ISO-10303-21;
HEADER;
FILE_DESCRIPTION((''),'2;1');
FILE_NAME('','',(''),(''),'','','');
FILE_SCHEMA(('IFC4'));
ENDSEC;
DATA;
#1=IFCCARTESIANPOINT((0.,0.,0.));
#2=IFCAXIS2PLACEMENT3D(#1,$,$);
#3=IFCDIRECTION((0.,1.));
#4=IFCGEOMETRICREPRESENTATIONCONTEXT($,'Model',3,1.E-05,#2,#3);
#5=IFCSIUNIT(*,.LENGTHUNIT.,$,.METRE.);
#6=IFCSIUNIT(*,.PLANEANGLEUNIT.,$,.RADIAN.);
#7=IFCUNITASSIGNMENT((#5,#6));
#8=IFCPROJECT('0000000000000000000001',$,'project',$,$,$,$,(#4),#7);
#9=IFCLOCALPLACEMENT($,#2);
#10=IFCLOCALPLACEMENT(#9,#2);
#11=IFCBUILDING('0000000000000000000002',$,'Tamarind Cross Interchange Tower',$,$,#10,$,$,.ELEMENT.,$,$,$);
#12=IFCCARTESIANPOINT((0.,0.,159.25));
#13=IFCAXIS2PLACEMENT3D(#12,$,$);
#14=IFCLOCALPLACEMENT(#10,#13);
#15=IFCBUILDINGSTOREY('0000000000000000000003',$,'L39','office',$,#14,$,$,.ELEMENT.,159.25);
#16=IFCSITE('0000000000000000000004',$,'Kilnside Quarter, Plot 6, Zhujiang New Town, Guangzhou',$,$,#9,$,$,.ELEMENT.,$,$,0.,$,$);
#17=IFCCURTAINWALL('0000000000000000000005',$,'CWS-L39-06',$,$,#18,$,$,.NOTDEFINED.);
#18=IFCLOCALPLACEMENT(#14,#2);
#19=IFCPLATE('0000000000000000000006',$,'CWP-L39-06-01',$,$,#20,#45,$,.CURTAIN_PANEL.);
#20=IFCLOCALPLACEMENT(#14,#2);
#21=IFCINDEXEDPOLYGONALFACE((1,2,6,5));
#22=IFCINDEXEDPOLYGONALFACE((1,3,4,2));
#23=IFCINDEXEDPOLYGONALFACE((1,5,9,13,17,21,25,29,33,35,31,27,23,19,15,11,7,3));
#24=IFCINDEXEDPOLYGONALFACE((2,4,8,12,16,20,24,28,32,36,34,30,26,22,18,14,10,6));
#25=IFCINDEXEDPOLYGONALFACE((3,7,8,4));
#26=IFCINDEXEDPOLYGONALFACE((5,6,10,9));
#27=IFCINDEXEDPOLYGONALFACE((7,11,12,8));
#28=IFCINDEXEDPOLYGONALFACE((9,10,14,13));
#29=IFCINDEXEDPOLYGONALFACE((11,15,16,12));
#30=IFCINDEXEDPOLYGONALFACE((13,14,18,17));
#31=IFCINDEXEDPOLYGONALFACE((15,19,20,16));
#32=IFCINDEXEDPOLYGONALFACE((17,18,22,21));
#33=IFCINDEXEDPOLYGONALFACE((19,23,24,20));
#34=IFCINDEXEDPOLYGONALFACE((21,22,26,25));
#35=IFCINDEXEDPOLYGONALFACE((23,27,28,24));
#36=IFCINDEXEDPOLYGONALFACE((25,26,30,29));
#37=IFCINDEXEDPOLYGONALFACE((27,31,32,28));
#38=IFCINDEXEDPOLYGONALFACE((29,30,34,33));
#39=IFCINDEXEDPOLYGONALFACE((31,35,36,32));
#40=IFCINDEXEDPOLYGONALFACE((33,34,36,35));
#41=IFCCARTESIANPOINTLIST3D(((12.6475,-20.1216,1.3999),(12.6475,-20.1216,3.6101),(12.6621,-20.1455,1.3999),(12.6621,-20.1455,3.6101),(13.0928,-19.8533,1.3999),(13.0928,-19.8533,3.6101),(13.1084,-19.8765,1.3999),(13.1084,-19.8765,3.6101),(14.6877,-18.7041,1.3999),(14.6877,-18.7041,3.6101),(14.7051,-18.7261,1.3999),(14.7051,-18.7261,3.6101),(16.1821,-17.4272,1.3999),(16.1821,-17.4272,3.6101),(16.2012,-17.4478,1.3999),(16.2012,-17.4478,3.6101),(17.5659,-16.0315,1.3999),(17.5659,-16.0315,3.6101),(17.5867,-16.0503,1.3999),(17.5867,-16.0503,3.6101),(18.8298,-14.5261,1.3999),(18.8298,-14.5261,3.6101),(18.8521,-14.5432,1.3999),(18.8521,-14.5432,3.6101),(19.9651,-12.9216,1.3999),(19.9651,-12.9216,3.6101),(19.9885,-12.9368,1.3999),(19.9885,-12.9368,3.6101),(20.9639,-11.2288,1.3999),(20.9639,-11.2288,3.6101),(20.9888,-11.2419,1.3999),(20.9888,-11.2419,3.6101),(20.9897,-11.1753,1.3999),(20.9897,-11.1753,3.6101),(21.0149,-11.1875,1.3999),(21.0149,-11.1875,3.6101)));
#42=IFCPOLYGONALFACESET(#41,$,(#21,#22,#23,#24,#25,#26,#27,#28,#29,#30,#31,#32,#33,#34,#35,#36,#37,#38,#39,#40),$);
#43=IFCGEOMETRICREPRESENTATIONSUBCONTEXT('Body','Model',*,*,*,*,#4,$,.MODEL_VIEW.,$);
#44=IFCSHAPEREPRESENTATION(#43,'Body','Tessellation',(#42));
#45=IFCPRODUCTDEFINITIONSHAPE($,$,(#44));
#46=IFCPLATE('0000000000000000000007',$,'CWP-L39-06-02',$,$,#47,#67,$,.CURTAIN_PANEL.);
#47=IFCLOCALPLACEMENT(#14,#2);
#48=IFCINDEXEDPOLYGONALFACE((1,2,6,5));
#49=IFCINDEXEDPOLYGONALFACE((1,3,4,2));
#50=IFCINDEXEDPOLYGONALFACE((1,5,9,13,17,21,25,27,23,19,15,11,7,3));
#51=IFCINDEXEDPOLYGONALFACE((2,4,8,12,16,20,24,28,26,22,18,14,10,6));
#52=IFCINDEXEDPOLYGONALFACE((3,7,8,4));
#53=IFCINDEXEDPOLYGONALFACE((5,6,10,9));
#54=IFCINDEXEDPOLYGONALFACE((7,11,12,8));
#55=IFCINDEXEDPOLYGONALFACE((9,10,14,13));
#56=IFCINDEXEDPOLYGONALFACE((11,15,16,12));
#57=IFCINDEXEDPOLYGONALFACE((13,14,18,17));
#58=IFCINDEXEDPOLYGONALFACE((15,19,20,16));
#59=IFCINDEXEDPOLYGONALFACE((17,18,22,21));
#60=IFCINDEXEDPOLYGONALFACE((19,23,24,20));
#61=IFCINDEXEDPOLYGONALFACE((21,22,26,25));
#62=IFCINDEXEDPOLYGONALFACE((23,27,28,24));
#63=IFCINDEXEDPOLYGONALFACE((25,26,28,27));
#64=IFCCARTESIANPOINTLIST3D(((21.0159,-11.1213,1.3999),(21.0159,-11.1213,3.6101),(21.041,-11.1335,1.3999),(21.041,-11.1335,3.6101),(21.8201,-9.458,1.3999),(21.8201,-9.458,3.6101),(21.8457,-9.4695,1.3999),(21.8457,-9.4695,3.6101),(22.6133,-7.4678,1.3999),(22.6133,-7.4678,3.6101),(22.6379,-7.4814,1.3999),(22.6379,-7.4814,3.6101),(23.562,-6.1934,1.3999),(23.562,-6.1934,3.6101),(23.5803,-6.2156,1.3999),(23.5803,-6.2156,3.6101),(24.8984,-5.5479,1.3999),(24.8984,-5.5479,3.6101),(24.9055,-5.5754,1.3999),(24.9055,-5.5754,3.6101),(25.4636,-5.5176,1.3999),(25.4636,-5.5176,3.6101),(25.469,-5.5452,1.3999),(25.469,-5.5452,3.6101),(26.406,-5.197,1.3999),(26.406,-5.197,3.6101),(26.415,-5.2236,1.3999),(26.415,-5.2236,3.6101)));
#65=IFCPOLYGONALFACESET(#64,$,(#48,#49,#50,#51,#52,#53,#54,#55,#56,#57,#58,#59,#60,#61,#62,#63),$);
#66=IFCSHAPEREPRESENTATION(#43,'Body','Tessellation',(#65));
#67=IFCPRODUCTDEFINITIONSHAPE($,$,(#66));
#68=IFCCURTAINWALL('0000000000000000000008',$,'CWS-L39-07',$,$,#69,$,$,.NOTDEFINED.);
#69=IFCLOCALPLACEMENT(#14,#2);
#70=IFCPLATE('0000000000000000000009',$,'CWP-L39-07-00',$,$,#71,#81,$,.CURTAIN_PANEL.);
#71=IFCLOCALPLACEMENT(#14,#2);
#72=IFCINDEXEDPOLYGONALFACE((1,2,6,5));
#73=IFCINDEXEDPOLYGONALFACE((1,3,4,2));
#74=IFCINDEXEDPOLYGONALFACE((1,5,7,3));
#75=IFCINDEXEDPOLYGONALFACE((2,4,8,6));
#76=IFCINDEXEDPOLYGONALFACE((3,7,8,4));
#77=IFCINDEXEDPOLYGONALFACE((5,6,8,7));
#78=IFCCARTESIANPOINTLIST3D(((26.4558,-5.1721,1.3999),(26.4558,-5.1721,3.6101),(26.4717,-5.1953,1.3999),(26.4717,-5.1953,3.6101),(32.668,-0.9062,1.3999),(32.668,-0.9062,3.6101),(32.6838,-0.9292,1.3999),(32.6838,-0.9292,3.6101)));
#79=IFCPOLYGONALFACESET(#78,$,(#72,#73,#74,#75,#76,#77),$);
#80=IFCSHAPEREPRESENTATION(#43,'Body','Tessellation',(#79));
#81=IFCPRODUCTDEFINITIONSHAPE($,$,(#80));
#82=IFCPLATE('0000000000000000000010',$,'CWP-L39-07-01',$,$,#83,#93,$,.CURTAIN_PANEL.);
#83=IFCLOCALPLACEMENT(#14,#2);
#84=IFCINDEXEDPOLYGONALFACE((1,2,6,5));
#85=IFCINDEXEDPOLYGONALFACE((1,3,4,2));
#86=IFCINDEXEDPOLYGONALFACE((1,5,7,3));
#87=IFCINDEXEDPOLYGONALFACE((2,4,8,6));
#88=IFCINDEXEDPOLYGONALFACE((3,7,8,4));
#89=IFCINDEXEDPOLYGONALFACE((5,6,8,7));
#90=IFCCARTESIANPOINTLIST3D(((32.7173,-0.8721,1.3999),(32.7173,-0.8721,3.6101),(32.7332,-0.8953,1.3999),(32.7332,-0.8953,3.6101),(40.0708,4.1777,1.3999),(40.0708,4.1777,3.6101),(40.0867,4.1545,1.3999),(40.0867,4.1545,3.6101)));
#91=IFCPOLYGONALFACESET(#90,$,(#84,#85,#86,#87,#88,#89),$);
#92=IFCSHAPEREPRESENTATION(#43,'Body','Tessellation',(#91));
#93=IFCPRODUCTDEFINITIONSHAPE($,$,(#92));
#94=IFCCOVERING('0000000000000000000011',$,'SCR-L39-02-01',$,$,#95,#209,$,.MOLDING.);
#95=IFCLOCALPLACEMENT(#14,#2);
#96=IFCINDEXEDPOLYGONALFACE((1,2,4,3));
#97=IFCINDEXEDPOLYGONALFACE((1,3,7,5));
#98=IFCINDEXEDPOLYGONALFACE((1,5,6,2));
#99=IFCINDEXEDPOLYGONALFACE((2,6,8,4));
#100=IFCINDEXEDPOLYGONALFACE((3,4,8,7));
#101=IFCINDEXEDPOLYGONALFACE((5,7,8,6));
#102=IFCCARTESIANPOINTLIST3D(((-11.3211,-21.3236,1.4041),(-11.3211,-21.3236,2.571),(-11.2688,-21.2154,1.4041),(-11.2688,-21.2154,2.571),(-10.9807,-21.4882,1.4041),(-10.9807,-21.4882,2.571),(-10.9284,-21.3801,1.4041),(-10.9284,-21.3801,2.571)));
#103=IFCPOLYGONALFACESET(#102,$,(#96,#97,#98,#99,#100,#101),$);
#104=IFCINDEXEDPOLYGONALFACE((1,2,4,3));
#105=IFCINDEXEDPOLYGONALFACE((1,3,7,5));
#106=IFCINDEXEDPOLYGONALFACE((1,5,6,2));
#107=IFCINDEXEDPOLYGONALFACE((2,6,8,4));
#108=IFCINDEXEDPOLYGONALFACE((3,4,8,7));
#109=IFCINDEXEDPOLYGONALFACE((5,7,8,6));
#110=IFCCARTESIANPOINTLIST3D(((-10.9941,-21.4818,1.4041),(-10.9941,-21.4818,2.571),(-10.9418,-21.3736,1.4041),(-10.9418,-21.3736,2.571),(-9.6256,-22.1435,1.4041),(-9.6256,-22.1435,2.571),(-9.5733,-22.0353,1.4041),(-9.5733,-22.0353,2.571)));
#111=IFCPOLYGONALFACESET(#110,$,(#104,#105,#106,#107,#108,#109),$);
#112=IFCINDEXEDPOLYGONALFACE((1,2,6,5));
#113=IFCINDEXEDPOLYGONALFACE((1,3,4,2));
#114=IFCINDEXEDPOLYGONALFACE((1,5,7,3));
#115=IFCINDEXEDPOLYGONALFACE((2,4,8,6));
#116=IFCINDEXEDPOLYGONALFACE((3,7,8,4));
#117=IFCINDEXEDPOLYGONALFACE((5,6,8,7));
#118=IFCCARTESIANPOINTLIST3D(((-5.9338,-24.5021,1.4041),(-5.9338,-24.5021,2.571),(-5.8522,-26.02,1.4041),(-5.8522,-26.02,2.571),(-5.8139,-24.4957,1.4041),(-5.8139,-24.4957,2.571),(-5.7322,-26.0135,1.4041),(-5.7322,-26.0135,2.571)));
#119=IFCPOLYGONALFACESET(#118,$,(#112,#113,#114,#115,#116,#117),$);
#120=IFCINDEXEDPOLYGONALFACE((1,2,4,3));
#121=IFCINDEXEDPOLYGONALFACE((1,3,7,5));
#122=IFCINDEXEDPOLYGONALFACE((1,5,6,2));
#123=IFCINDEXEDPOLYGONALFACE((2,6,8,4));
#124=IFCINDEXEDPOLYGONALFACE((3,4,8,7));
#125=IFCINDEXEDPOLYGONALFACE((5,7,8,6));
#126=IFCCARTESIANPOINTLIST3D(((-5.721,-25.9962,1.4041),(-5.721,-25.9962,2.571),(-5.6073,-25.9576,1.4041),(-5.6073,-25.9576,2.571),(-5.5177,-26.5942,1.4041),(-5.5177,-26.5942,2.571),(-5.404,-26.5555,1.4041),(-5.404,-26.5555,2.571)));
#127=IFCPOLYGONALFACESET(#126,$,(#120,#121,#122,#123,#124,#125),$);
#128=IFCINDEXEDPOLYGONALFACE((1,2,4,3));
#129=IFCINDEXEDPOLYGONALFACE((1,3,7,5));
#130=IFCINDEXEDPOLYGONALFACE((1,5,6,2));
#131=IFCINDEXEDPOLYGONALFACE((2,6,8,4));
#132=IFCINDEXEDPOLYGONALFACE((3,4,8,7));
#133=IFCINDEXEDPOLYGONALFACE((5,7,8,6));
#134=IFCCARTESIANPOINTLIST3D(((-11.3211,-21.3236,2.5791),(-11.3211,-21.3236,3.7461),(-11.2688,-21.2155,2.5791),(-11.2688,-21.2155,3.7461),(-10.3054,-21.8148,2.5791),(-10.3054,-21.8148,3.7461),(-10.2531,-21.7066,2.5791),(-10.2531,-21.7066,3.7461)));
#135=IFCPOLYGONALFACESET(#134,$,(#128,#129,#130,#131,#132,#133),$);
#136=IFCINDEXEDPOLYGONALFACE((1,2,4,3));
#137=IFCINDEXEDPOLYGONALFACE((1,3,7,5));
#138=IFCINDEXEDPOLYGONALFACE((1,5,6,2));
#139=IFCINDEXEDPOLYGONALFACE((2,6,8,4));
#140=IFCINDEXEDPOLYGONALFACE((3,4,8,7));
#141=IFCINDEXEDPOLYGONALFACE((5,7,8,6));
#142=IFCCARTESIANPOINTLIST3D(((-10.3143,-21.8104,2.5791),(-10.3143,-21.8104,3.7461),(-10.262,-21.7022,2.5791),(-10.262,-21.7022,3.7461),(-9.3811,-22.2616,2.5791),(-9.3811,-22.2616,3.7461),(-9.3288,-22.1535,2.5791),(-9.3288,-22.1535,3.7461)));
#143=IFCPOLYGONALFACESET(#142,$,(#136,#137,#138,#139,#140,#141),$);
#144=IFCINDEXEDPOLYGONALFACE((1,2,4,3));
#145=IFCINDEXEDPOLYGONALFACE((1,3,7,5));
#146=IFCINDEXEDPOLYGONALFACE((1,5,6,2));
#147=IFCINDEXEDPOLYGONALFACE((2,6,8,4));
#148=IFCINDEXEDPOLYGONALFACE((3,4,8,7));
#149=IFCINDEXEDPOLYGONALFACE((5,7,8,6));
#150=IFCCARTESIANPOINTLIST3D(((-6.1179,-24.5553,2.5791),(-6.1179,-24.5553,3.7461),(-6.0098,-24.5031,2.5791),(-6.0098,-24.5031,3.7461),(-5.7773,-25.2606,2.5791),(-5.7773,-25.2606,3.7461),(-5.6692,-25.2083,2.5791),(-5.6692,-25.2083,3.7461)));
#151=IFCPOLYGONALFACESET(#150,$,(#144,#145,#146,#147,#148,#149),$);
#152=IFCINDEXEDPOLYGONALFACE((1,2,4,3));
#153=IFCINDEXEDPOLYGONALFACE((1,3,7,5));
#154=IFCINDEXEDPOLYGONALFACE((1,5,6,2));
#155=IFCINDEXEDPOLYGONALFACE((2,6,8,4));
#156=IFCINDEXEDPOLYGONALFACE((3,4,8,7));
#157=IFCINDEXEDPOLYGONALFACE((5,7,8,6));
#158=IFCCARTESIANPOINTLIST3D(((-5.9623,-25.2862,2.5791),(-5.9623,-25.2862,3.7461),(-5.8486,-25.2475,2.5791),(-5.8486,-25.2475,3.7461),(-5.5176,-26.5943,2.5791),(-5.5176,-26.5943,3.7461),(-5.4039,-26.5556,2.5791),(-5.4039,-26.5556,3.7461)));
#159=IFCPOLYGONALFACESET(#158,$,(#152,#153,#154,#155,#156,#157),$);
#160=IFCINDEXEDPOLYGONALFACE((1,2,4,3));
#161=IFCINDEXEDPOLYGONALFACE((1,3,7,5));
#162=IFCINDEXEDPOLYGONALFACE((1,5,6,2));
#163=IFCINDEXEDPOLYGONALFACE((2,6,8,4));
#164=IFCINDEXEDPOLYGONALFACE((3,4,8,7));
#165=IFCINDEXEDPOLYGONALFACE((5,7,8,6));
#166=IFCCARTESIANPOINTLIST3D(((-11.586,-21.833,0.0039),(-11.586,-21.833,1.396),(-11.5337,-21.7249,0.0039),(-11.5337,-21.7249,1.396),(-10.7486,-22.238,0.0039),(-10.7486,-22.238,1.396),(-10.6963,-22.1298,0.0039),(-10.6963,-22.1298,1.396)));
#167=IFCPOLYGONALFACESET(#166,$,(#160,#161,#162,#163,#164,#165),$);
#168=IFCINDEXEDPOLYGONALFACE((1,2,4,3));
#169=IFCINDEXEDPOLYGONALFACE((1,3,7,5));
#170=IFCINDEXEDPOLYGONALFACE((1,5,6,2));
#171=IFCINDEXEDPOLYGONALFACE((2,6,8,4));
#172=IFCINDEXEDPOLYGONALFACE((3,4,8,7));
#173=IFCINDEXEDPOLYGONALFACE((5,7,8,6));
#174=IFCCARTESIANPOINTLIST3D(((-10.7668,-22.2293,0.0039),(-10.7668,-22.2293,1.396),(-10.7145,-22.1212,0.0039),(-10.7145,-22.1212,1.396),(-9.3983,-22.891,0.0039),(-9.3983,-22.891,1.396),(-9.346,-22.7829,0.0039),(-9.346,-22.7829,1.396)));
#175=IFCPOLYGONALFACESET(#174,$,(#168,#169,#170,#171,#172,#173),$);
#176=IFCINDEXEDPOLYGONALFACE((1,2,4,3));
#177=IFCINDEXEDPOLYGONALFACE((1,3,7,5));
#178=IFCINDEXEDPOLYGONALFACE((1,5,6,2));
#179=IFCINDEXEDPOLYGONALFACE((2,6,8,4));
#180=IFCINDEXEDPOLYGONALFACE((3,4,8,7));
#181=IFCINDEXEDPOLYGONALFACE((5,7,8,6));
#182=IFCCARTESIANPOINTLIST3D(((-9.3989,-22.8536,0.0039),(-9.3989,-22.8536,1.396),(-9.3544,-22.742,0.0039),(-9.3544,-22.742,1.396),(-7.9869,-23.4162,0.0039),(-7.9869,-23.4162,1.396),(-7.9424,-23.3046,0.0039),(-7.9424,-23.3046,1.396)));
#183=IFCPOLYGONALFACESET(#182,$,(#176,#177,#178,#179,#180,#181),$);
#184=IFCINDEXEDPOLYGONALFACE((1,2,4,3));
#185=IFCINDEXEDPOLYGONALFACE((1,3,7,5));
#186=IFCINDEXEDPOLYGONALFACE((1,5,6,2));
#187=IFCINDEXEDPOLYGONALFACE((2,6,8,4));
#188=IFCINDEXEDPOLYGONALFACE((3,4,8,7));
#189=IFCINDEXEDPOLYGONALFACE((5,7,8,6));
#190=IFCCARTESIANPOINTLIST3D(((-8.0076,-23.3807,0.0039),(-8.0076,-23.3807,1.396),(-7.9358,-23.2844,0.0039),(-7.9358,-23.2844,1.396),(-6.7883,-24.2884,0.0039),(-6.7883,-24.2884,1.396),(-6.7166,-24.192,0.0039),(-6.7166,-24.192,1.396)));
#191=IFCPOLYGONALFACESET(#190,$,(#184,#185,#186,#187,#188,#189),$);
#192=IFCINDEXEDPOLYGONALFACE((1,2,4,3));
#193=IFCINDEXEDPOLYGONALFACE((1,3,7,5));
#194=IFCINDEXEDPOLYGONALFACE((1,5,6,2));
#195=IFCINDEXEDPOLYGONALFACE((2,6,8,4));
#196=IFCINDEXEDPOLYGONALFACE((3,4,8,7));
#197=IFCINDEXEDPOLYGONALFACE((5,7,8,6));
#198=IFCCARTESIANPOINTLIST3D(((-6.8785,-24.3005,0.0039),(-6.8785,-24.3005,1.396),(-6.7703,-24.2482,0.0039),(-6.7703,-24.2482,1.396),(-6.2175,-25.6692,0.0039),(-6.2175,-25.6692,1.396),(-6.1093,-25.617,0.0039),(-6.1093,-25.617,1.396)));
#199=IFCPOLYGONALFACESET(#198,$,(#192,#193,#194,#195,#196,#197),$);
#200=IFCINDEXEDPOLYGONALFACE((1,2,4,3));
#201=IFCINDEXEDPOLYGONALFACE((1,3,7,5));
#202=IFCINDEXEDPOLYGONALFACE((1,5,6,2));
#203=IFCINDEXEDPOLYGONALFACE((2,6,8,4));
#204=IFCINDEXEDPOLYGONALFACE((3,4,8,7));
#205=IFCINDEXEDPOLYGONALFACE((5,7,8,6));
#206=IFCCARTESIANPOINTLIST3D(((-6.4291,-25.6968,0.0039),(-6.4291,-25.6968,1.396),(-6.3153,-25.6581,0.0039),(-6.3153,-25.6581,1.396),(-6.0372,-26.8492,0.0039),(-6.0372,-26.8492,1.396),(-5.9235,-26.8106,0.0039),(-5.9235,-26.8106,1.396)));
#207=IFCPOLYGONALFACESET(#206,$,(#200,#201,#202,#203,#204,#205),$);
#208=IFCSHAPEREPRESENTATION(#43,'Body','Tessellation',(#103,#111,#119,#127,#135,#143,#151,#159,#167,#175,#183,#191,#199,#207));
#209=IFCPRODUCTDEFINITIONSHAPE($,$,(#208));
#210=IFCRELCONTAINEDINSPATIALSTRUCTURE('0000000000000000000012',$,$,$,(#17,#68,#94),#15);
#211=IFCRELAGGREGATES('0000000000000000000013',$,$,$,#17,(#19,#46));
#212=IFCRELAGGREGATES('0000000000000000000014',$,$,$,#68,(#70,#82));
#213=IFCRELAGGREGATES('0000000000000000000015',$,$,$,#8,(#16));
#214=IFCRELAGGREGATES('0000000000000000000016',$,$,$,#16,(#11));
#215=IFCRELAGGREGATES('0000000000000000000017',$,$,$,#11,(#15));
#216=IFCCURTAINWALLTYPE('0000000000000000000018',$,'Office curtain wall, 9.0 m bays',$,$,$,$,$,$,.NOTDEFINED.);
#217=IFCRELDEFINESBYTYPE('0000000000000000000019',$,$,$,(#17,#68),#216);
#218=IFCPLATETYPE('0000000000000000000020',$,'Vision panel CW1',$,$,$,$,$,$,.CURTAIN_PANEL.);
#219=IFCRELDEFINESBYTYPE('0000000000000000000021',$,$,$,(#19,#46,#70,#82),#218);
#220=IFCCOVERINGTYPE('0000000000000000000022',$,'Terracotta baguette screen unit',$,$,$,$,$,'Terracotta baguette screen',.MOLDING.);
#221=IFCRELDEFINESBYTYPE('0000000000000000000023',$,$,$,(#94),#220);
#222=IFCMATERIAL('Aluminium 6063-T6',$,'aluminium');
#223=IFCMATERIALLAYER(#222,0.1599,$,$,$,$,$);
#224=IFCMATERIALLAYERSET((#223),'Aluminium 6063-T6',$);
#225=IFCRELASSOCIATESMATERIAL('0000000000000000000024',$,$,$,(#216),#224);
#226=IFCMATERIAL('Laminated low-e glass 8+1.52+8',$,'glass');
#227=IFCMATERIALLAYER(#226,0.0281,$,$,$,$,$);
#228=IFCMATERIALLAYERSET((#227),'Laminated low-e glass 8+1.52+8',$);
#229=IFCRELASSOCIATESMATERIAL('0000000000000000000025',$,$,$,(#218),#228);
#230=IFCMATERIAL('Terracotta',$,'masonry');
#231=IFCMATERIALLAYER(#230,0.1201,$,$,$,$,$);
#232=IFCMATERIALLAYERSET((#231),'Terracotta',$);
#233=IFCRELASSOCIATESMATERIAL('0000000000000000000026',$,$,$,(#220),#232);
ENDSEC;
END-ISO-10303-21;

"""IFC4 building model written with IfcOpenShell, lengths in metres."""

from ifc_helpers import new_model, si_unit, direction, frame, origin, origin_2d, place, context, subcontext, project, spatial, polyline, rectangle, outline, extrude, material, layer, layer_set, type_object, element, aggregate, save


model = new_model("IFC4")

# Units and contexts
model_context = context("Model", 3, precision=1e-05, world=origin(), true_north=direction((0.0, 1.0)))
body_context = subcontext(model_context, "Body", "Model", "MODEL_VIEW")
ifc_project = project(units=[si_unit("LENGTHUNIT", "METRE"), si_unit("PLANEANGLEUNIT", "RADIAN")], contexts=[model_context])

# Site, building, storey
site_placement = place(None, origin())
site = spatial("IfcSite", under=ifc_project, at=site_placement, Name="Kilnside Quarter, Plot 6, Zhujiang New Town, Guangzhou", CompositionType="ELEMENT", RefElevation=0.0)
building_placement = place(site_placement, origin())
building = spatial("IfcBuilding", under=site, at=building_placement, Name="Tamarind Cross Interchange Tower", CompositionType="ELEMENT")
storey_placement = place(building_placement, frame((0.0, 0.0, 159.25)))
storey = spatial("IfcBuildingStorey", under=building, at=storey_placement, Name="L39", Description="office", CompositionType="ELEMENT", Elevation=159.25)

# Curtain wall
ifc_material_1 = material(Name="Aluminium 6063-T6", Category="aluminium")
ifc_layer_1 = layer(ifc_material_1, 0.1599)
ifc_layer_set_1 = layer_set([ifc_layer_1], Name="Aluminium 6063-T6")
curtain_wall_type = type_object("IfcCurtainWallType", Name="Office curtain wall, 9.0 m bays", PredefinedType="NOTDEFINED", material=ifc_layer_set_1)
curtain_wall_1_placement = place(storey_placement, origin())
curtain_wall_1 = element("IfcCurtainWall", 1, at=curtain_wall_1_placement, inside=storey, type_object=curtain_wall_type, Name="CWS-L39-06", PredefinedType="NOTDEFINED")

# Plates
ifc_material_2 = material(Name="Laminated low-e glass 8+1.52+8", Category="glass")
ifc_layer_2 = layer(ifc_material_2, 0.0281)
ifc_layer_set_2 = layer_set([ifc_layer_2], Name="Laminated low-e glass 8+1.52+8")
plate_type = type_object("IfcPlateType", Name="Vision panel CW1", PredefinedType="CURTAIN_PANEL", material=ifc_layer_set_2)
plate_1_placement = place(storey_placement, frame((0.0, 0.0, 1.3999)))
plate_1 = element("IfcPlate", 2, at=plate_1_placement, type_object=plate_type, Name="CWP-L39-06-01", PredefinedType="CURTAIN_PANEL", context=body_context, shape_type="SweptSolid", body=[
    extrude(outline(polyline([(12.6475, -20.1216), (13.0928, -19.8533), (14.6877, -18.7041), (16.1821, -17.4272), (17.5659, -16.0315), (18.8298, -14.5261), (19.9651, -12.9216), (20.9639, -11.2288), (20.9897, -11.1753), (21.0149, -11.1875), (20.9888, -11.2419), (19.9885, -12.9368), (18.8521, -14.5432), (17.5867, -16.0503), (16.2012, -17.4478), (14.7051, -18.7261), (13.1084, -19.8765), (12.6621, -20.1455), (12.6475, -20.1216)])), origin(), (0.0, 0.0, 1.0), 2.2102),
])
plate_2_placement = place(storey_placement, frame((0.0, 0.0, 1.3999)))
plate_2 = element("IfcPlate", 3, at=plate_2_placement, type_object=plate_type, Name="CWP-L39-06-02", PredefinedType="CURTAIN_PANEL", context=body_context, shape_type="SweptSolid", body=[
    extrude(outline(polyline([(21.0159, -11.1213), (21.8201, -9.458), (22.6133, -7.4678), (23.562, -6.1934), (24.8984, -5.5479), (25.4636, -5.5176), (26.406, -5.197), (26.415, -5.2236), (25.469, -5.5452), (24.9055, -5.5754), (23.5803, -6.2156), (22.6379, -7.4814), (21.8457, -9.4695), (21.041, -11.1335), (21.0159, -11.1213)])), origin(), (0.0, 0.0, 1.0), 2.2102),
])
aggregate(curtain_wall_1, [plate_1, plate_2])

# Curtain wall, plates
curtain_wall_2_placement = place(storey_placement, origin())
curtain_wall_2 = element("IfcCurtainWall", 4, at=curtain_wall_2_placement, inside=storey, type_object=curtain_wall_type, Name="CWS-L39-07", PredefinedType="NOTDEFINED")
plate_3_placement = place(storey_placement, frame((0.0, 0.0, 1.3999)))
plate_3 = element("IfcPlate", 5, at=plate_3_placement, type_object=plate_type, Name="CWP-L39-07-00", PredefinedType="CURTAIN_PANEL", context=body_context, shape_type="SweptSolid", body=[
    extrude(outline(polyline([(26.4558, -5.1721), (32.668, -0.9062), (32.6838, -0.9292), (26.4717, -5.1953), (26.4558, -5.1721)])), origin(), (0.0, 0.0, 1.0), 2.2102),
])
plate_4_placement = place(storey_placement, frame((0.0, 0.0, 1.3999)))
plate_4 = element("IfcPlate", 6, at=plate_4_placement, type_object=plate_type, Name="CWP-L39-07-01", PredefinedType="CURTAIN_PANEL", context=body_context, shape_type="SweptSolid", body=[
    extrude(outline(polyline([(32.7173, -0.8721), (40.0708, 4.1777), (40.0867, 4.1545), (32.7332, -0.8953), (32.7173, -0.8721)])), origin(), (0.0, 0.0, 1.0), 2.2102),
])
aggregate(curtain_wall_2, [plate_3, plate_4])

# Covering
ifc_material_3 = material(Name="Terracotta", Category="masonry")
ifc_layer_3 = layer(ifc_material_3, 0.1201)
ifc_layer_set_3 = layer_set([ifc_layer_3], Name="Terracotta")
covering_type = type_object("IfcCoveringType", Name="Terracotta baguette screen unit", ElementType="Terracotta baguette screen", PredefinedType="MOLDING", material=ifc_layer_set_3)
covering_1_placement = place(storey_placement, origin())
element("IfcCovering", 7, at=covering_1_placement, inside=storey, type_object=covering_type, Name="SCR-L39-02-01", PredefinedType="MOLDING", context=body_context, shape_type="SweptSolid", body=[
    extrude(rectangle(XDim=0.3782, YDim=0.1201, at=origin_2d()), frame((-11.1248, -21.3518, 1.4041), z_axis=(0.0, 0.0, 1.0), x_axis=(0.900273, -0.435326, 0.0)), (0.0, 0.0, 1.0), 1.167),
    extrude(rectangle(XDim=1.52, YDim=0.1201, at=origin_2d()), frame((-10.2837, -21.7585, 1.4041), z_axis=(0.0, 0.0, 1.0), x_axis=(0.900273, -0.435326, 0.0)), (0.0, 0.0, 1.0), 1.167),
    extrude(rectangle(XDim=1.52, YDim=0.1201, at=origin_2d()), frame((-5.833, -25.2578, 1.4041), z_axis=(0.0, 0.0, 1.0), x_axis=(0.053712, -0.998556, 0.0)), (0.0, 0.0, 1.0), 1.167),
    extrude(rectangle(XDim=0.6316, YDim=0.1201, at=origin_2d()), frame((-5.5625, -26.2759, 1.4041), z_axis=(0.0, 0.0, 1.0), x_axis=(0.321913, -0.946769, 0.0)), (0.0, 0.0, 1.0), 1.167),
    extrude(rectangle(XDim=1.1282, YDim=0.1201, at=origin_2d()), frame((-10.7871, -21.5151, 2.5791), z_axis=(0.0, 0.0, 1.0), x_axis=(0.900273, -0.435326, 0.0)), (0.0, 0.0, 1.0), 1.167),
    extrude(rectangle(XDim=1.0366, YDim=0.1201, at=origin_2d()), frame((-9.8215, -21.9819, 2.5791), z_axis=(0.0, 0.0, 1.0), x_axis=(0.900273, -0.435326, 0.0)), (0.0, 0.0, 1.0), 1.167),
    extrude(rectangle(XDim=0.7832, YDim=0.1201, at=origin_2d()), frame((-5.8936, -24.8818, 2.5791), z_axis=(0.0, 0.0, 1.0), x_axis=(0.434881, -0.900488, 0.0)), (0.0, 0.0, 1.0), 1.167),
    extrude(rectangle(XDim=1.3816, YDim=0.1201, at=origin_2d()), frame((-5.6831, -25.9209, 2.5791), z_axis=(0.0, 0.0, 1.0), x_axis=(0.321913, -0.946769, 0.0)), (0.0, 0.0, 1.0), 1.167),
    extrude(rectangle(XDim=0.9302, YDim=0.1201, at=origin_2d()), frame((-11.1411, -21.9814, 0.0039), z_axis=(0.0, 0.0, 1.0), x_axis=(0.900273, -0.435326, 0.0)), (0.0, 0.0, 1.0), 1.3921),
    extrude(rectangle(XDim=1.52, YDim=0.1201, at=origin_2d()), frame((-10.0564, -22.5061, 0.0039), z_axis=(0.0, 0.0, 1.0), x_axis=(0.900273, -0.435326, 0.0)), (0.0, 0.0, 1.0), 1.3921),
    extrude(rectangle(XDim=1.52, YDim=0.1201, at=origin_2d()), frame((-8.6707, -23.0791, 0.0039), z_axis=(0.0, 0.0, 1.0), x_axis=(0.928961, -0.370177, 0.0)), (0.0, 0.0, 1.0), 1.3921),
    extrude(rectangle(XDim=1.52, YDim=0.1201, at=origin_2d()), frame((-7.3621, -23.7864, 0.0039), z_axis=(0.0, 0.0, 1.0), x_axis=(0.802148, -0.597126, 0.0)), (0.0, 0.0, 1.0), 1.3921),
    extrude(rectangle(XDim=1.52, YDim=0.1201, at=origin_2d()), frame((-6.4939, -24.9587, 0.0039), z_axis=(0.0, 0.0, 1.0), x_axis=(0.434881, -0.900488, 0.0)), (0.0, 0.0, 1.0), 1.3921),
    extrude(rectangle(XDim=1.2173, YDim=0.1201, at=origin_2d()), frame((-6.1763, -26.2537, 0.0039), z_axis=(0.0, 0.0, 1.0), x_axis=(0.321913, -0.946769, 0.0)), (0.0, 0.0, 1.0), 1.3921),
])

save(model, "model.ifc")
